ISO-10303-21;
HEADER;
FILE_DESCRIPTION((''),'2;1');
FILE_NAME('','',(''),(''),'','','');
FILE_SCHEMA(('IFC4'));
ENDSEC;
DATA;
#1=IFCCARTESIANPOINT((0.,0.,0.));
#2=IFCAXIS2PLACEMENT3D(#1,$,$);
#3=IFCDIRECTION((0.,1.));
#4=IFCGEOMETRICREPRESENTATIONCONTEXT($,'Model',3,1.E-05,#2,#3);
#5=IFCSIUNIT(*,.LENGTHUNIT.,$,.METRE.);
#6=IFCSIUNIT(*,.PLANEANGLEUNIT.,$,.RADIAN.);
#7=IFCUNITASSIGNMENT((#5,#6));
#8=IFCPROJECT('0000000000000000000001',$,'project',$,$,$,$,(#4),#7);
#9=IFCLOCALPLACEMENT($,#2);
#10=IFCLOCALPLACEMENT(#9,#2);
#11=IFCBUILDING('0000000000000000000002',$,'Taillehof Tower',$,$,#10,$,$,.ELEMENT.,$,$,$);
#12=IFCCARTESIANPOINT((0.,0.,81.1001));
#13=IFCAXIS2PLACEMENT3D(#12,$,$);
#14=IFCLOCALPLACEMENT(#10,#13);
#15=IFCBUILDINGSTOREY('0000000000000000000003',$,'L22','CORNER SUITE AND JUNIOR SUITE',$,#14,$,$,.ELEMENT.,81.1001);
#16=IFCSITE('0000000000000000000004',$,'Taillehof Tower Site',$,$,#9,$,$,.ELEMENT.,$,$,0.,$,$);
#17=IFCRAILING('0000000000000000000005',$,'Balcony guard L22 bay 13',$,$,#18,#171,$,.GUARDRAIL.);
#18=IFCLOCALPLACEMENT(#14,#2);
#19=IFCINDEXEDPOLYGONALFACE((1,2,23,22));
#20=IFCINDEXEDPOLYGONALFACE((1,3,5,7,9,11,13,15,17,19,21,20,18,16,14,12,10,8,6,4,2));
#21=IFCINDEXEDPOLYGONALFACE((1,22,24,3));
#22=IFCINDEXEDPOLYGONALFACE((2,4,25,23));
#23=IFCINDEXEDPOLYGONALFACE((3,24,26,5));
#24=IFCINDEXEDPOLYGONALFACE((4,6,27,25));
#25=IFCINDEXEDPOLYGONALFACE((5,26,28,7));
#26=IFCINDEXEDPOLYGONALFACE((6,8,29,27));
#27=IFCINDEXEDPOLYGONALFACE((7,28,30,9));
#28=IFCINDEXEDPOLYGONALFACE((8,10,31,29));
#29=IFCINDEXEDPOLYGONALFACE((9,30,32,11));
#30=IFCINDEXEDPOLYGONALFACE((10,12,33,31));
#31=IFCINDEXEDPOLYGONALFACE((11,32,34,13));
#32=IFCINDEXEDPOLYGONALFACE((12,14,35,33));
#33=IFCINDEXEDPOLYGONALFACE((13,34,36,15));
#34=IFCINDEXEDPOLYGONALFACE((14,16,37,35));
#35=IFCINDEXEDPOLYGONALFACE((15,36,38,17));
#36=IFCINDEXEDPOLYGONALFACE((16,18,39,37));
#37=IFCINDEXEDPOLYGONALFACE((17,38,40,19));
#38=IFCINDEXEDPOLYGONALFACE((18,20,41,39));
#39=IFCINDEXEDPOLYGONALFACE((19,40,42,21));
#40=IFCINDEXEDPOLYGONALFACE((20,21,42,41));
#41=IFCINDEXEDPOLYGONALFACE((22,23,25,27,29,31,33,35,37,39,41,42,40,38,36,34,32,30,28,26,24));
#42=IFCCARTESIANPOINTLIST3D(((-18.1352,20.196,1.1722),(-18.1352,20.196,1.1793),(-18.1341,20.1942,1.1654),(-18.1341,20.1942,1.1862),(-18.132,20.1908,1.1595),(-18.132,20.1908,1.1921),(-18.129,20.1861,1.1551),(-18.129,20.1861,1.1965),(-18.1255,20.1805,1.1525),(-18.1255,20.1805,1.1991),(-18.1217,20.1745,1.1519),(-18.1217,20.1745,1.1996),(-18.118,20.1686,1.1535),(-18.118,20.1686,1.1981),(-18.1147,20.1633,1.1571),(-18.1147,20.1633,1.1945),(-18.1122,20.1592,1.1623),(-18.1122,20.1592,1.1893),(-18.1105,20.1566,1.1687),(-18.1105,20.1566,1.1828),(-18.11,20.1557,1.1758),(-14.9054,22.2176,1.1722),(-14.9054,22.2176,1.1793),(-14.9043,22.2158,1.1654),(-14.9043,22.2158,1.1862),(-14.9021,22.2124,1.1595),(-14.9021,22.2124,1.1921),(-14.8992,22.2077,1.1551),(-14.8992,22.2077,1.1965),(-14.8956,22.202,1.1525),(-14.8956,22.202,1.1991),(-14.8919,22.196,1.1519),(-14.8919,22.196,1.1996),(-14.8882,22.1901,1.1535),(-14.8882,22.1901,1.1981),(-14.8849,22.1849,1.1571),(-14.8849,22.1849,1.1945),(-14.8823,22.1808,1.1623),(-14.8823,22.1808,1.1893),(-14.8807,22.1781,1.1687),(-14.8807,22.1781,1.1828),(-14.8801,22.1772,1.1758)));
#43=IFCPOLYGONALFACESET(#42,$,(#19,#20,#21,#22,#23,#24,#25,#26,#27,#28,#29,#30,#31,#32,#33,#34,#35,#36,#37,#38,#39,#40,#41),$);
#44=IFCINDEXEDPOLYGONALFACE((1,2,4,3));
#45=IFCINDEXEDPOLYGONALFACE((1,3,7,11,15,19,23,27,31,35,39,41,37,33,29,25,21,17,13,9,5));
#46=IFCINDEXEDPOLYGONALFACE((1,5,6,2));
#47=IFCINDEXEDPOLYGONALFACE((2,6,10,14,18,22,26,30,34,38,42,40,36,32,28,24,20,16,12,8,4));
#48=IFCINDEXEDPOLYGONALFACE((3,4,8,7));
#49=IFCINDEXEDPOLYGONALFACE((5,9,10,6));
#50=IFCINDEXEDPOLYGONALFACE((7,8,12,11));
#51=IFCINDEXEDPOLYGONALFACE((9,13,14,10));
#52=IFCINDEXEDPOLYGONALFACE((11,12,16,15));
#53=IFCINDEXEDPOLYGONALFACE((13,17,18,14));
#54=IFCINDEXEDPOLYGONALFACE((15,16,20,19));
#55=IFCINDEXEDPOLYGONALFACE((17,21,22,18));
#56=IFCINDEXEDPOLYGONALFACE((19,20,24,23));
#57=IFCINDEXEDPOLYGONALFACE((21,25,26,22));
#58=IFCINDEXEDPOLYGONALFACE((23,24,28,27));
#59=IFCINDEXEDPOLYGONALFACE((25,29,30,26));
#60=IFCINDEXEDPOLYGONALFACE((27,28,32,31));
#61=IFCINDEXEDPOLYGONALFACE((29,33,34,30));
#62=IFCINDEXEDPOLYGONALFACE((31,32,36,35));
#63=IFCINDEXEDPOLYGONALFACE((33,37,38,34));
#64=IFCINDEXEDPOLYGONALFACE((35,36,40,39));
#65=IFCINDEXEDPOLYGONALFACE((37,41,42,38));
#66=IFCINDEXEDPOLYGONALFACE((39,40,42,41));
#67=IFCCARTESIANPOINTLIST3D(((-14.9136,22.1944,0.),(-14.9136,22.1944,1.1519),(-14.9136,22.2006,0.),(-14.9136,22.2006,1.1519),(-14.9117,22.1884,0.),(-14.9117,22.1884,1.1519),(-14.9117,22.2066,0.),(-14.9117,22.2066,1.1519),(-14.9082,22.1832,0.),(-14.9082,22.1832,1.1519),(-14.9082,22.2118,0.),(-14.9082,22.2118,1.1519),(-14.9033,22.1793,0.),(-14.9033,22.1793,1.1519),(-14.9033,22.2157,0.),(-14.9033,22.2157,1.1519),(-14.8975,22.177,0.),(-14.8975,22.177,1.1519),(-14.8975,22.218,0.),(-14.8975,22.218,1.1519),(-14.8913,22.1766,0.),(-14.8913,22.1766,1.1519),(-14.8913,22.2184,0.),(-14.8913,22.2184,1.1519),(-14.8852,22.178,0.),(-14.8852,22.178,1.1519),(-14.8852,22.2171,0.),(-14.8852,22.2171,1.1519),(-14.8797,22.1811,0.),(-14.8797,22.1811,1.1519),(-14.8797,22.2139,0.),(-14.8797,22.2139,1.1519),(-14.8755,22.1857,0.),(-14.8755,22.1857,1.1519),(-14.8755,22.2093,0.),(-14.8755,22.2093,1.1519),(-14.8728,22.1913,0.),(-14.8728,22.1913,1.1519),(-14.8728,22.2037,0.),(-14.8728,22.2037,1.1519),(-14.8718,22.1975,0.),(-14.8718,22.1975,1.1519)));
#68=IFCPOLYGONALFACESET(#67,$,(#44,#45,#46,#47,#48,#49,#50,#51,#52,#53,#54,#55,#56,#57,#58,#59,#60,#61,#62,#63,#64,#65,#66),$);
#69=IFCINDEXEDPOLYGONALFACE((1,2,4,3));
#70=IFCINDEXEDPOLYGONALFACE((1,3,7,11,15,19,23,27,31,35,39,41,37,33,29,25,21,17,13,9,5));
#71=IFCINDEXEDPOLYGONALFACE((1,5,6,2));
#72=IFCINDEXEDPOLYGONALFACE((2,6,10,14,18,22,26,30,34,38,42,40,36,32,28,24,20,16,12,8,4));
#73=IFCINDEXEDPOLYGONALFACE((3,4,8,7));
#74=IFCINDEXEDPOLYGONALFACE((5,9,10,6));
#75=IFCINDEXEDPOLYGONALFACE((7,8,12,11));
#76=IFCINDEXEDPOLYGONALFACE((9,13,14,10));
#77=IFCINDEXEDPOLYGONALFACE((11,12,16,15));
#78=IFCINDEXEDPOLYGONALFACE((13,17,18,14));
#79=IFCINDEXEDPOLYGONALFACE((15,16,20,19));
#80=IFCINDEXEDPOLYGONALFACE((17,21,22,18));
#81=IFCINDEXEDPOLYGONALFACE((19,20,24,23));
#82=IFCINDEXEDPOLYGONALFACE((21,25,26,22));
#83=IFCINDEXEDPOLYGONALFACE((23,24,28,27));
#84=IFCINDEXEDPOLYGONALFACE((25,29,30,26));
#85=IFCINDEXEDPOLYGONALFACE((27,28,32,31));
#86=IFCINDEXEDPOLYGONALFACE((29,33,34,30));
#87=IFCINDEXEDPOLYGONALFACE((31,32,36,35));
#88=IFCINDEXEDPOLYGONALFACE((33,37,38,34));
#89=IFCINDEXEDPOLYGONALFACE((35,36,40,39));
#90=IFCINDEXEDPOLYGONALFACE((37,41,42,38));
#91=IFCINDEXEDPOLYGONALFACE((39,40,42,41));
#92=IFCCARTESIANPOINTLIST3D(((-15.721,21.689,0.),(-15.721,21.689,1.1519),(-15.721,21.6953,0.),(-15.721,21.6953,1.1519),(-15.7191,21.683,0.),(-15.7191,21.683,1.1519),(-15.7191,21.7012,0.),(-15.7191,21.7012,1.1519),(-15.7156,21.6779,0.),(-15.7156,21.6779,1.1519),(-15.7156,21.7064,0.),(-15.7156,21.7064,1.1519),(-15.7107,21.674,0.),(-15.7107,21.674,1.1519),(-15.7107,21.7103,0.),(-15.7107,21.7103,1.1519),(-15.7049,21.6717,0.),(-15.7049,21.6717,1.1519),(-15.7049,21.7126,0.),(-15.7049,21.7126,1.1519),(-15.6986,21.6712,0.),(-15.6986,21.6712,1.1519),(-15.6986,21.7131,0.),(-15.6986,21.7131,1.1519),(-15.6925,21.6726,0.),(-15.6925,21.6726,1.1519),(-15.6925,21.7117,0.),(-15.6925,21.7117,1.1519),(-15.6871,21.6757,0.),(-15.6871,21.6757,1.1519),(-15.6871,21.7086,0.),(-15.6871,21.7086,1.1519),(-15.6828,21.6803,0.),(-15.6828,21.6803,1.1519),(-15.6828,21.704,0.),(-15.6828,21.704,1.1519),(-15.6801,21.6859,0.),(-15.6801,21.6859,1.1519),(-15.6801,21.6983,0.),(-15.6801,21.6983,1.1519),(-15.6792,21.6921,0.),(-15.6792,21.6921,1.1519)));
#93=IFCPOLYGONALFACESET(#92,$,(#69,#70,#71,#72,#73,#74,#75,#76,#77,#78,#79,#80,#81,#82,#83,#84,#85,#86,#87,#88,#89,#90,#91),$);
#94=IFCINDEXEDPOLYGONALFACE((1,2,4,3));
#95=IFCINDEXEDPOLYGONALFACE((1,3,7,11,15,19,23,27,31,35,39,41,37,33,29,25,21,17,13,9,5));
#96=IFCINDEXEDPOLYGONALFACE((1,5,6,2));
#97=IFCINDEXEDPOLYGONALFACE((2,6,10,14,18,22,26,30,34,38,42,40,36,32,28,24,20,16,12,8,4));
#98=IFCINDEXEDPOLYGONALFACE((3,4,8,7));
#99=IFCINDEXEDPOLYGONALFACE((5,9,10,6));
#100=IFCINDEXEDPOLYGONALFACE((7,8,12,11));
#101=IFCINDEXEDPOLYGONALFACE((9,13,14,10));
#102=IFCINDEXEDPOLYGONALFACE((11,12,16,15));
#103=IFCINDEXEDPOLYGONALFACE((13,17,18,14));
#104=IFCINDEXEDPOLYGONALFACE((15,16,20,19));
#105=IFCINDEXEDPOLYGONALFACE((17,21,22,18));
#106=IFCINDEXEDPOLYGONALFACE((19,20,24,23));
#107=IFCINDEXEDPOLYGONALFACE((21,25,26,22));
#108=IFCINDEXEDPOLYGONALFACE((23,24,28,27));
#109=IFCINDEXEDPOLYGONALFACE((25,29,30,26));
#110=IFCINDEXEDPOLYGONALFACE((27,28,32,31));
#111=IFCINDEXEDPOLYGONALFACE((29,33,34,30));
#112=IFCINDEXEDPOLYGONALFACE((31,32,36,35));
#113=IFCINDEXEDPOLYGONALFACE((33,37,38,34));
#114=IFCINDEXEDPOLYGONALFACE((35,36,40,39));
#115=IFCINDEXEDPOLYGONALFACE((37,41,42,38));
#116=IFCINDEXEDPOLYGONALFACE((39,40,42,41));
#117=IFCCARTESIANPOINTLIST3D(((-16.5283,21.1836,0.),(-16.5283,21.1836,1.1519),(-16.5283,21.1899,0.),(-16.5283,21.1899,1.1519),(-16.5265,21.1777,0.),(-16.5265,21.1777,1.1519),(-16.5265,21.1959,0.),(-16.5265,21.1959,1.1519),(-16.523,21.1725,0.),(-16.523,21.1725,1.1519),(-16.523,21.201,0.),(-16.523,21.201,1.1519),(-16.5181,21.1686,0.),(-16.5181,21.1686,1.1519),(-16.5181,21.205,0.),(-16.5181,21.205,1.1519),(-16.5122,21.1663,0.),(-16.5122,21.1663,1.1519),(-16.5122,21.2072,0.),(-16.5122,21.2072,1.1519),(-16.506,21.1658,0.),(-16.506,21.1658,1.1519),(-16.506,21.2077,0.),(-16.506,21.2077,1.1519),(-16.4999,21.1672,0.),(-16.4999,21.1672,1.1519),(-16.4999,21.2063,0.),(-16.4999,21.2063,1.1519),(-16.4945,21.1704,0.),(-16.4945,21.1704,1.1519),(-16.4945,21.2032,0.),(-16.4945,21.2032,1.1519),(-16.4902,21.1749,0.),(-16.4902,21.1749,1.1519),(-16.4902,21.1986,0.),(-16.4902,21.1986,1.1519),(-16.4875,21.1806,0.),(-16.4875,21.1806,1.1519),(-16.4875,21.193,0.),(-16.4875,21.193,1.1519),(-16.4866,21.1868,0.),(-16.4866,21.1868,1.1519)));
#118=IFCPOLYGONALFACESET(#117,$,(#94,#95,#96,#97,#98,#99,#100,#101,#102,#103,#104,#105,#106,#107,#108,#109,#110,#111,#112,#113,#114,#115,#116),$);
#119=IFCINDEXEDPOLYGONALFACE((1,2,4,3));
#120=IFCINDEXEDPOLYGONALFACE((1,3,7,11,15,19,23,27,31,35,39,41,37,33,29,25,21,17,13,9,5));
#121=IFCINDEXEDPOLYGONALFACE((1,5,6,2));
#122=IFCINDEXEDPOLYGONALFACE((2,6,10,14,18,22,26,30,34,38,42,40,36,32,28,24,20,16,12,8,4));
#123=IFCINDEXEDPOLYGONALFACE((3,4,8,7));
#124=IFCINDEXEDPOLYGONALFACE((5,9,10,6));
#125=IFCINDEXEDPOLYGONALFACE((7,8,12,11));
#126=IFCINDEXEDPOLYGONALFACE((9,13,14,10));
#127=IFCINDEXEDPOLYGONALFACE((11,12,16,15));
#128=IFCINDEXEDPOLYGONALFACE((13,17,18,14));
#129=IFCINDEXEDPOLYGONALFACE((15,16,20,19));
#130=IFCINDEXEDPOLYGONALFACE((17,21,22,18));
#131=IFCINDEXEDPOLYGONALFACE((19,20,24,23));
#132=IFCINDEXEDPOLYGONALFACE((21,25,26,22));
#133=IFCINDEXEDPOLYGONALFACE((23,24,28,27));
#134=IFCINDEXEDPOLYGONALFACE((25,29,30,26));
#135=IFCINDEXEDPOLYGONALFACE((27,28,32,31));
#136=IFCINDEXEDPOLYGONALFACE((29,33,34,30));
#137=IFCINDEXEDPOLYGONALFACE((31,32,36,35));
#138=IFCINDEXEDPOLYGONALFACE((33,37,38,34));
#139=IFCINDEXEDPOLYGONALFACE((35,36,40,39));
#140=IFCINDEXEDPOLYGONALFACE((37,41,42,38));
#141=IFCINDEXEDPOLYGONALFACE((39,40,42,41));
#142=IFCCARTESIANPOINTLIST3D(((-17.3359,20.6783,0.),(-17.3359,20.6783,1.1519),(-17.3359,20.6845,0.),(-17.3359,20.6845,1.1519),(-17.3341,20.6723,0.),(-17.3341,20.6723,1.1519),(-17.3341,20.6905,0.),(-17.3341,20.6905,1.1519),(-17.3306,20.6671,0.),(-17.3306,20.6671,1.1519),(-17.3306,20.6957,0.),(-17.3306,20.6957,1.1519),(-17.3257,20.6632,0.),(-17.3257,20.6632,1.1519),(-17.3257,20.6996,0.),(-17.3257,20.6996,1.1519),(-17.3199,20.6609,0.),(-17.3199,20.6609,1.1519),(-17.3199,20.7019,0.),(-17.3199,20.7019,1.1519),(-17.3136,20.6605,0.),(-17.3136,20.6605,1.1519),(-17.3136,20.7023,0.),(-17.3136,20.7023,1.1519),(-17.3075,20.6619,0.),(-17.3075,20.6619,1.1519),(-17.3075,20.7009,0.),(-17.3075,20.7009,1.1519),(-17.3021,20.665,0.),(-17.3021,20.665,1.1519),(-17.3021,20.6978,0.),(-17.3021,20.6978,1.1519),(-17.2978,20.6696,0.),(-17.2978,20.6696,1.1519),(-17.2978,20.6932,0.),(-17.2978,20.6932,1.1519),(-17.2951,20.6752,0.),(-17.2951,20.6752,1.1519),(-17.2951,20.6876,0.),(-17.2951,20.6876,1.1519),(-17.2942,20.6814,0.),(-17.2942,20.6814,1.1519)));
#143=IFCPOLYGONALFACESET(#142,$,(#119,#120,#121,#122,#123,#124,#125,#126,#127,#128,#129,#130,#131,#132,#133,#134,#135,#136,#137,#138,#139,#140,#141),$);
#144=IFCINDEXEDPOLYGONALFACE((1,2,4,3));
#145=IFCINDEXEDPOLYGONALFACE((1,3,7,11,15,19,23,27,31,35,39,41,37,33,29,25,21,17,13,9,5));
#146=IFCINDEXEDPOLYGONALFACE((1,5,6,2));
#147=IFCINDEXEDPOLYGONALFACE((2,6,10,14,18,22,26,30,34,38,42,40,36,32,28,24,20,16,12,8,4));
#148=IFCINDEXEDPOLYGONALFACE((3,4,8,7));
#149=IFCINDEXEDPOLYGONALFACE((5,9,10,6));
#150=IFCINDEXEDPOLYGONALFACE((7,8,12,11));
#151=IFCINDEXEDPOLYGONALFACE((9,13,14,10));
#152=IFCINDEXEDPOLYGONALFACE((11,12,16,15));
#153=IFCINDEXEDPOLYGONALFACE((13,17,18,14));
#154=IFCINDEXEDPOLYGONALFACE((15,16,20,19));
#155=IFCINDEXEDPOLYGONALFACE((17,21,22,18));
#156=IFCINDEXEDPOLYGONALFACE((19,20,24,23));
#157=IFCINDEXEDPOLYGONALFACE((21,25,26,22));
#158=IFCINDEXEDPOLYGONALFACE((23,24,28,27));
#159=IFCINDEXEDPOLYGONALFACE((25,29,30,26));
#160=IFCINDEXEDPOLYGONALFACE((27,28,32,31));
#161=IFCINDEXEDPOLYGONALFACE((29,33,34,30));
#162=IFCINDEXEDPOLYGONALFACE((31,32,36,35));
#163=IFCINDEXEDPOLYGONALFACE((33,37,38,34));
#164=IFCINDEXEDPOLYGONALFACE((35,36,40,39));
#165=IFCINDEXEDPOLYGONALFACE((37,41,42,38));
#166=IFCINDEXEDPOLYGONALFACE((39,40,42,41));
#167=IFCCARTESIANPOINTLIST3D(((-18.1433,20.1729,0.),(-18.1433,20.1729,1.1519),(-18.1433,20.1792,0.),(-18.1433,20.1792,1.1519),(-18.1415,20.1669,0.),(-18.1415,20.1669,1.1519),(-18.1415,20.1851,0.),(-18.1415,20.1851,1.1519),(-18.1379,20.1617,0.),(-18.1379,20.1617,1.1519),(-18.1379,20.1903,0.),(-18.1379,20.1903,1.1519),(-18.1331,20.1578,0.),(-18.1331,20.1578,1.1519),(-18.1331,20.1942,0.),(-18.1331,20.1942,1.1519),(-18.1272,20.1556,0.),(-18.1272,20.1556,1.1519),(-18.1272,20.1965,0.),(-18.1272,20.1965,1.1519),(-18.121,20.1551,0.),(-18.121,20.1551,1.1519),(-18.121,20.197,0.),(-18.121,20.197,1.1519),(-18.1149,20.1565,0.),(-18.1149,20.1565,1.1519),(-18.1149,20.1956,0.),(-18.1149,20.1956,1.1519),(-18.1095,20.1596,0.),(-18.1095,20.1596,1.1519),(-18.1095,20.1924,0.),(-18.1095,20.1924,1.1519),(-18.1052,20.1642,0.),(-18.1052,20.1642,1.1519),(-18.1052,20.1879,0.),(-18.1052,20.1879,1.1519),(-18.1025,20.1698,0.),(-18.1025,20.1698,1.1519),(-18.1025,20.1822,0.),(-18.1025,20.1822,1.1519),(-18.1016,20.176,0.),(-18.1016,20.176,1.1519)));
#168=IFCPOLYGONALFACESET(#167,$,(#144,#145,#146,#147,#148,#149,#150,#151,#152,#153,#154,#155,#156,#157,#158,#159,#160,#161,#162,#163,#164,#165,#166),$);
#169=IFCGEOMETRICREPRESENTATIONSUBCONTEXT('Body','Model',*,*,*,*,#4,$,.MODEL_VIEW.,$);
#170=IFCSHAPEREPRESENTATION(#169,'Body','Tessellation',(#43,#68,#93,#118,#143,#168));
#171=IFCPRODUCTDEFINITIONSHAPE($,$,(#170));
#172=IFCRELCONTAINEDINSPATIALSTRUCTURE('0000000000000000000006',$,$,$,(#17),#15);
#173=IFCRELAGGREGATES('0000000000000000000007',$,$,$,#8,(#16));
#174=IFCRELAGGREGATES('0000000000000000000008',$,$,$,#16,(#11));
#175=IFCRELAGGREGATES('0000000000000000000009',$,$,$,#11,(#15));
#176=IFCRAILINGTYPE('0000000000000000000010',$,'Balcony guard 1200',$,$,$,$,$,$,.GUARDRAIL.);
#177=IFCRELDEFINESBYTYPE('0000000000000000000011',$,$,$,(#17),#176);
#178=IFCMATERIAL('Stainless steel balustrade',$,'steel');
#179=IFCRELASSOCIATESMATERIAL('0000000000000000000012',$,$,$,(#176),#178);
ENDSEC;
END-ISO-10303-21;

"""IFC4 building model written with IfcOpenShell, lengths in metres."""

from ifc_helpers import new_model, si_unit, direction, frame, origin, origin_2d, place, context, subcontext, project, spatial, circle, extrude, material, type_object, element, save


model = new_model("IFC4")

# Units and contexts
model_context = context("Model", 3, precision=1e-05, world=origin(), true_north=direction((0.0, 1.0)))
body_context = subcontext(model_context, "Body", "Model", "MODEL_VIEW")
ifc_project = project(units=[si_unit("LENGTHUNIT", "METRE"), si_unit("PLANEANGLEUNIT", "RADIAN")], contexts=[model_context])

# Site, building, storey
site_placement = place(None, origin())
site = spatial("IfcSite", under=ifc_project, at=site_placement, Name="Taillehof Tower Site", CompositionType="ELEMENT", RefElevation=0.0)
building_placement = place(site_placement, origin())
building = spatial("IfcBuilding", under=site, at=building_placement, Name="Taillehof Tower", CompositionType="ELEMENT")
storey_placement = place(building_placement, frame((0.0, 0.0, 81.1001)))
storey = spatial("IfcBuildingStorey", under=building, at=storey_placement, Name="L22", Description="CORNER SUITE AND JUNIOR SUITE", CompositionType="ELEMENT", Elevation=81.1001)

# Railing
ifc_material_1 = material(Name="Stainless steel balustrade", Category="steel")
railing_type = type_object("IfcRailingType", Name="Balcony guard 1200", PredefinedType="GUARDRAIL", material=ifc_material_1)
railing_1_placement = place(storey_placement, frame((-14.8928, 22.1975, 0.0)))
element("IfcRailing", 1, at=railing_1_placement, inside=storey, type_object=railing_type, Name="Balcony guard L22 bay 13", PredefinedType="GUARDRAIL", context=body_context, shape_type="SweptSolid", body=[
    extrude(circle(Radius=0.0239, at=origin_2d()), frame((0.0, 0.0, 1.1758), z_axis=(-0.847656, -0.530546, 0.0), x_axis=(0.530546, -0.847656, 0.0)), (0.0, 0.0, 1.0), 3.8103),
    extrude(circle(Radius=0.021, at=origin_2d()), origin(), (0.0, 0.0, 1.0), 1.1519),
    extrude(circle(Radius=0.021, at=origin_2d()), frame((-0.8074, -0.5054, 0.0)), (0.0, 0.0, 1.0), 1.1519),
    extrude(circle(Radius=0.021, at=origin_2d()), frame((-1.6147, -1.0107, 0.0)), (0.0, 0.0, 1.0), 1.1519),
    extrude(circle(Radius=0.021, at=origin_2d()), frame((-2.4224, -1.5161, 0.0)), (0.0, 0.0, 1.0), 1.1519),
    extrude(circle(Radius=0.021, at=origin_2d()), frame((-3.2297, -2.0215, 0.0)), (0.0, 0.0, 1.0), 1.1519),
])

save(model, "model.ifc")
